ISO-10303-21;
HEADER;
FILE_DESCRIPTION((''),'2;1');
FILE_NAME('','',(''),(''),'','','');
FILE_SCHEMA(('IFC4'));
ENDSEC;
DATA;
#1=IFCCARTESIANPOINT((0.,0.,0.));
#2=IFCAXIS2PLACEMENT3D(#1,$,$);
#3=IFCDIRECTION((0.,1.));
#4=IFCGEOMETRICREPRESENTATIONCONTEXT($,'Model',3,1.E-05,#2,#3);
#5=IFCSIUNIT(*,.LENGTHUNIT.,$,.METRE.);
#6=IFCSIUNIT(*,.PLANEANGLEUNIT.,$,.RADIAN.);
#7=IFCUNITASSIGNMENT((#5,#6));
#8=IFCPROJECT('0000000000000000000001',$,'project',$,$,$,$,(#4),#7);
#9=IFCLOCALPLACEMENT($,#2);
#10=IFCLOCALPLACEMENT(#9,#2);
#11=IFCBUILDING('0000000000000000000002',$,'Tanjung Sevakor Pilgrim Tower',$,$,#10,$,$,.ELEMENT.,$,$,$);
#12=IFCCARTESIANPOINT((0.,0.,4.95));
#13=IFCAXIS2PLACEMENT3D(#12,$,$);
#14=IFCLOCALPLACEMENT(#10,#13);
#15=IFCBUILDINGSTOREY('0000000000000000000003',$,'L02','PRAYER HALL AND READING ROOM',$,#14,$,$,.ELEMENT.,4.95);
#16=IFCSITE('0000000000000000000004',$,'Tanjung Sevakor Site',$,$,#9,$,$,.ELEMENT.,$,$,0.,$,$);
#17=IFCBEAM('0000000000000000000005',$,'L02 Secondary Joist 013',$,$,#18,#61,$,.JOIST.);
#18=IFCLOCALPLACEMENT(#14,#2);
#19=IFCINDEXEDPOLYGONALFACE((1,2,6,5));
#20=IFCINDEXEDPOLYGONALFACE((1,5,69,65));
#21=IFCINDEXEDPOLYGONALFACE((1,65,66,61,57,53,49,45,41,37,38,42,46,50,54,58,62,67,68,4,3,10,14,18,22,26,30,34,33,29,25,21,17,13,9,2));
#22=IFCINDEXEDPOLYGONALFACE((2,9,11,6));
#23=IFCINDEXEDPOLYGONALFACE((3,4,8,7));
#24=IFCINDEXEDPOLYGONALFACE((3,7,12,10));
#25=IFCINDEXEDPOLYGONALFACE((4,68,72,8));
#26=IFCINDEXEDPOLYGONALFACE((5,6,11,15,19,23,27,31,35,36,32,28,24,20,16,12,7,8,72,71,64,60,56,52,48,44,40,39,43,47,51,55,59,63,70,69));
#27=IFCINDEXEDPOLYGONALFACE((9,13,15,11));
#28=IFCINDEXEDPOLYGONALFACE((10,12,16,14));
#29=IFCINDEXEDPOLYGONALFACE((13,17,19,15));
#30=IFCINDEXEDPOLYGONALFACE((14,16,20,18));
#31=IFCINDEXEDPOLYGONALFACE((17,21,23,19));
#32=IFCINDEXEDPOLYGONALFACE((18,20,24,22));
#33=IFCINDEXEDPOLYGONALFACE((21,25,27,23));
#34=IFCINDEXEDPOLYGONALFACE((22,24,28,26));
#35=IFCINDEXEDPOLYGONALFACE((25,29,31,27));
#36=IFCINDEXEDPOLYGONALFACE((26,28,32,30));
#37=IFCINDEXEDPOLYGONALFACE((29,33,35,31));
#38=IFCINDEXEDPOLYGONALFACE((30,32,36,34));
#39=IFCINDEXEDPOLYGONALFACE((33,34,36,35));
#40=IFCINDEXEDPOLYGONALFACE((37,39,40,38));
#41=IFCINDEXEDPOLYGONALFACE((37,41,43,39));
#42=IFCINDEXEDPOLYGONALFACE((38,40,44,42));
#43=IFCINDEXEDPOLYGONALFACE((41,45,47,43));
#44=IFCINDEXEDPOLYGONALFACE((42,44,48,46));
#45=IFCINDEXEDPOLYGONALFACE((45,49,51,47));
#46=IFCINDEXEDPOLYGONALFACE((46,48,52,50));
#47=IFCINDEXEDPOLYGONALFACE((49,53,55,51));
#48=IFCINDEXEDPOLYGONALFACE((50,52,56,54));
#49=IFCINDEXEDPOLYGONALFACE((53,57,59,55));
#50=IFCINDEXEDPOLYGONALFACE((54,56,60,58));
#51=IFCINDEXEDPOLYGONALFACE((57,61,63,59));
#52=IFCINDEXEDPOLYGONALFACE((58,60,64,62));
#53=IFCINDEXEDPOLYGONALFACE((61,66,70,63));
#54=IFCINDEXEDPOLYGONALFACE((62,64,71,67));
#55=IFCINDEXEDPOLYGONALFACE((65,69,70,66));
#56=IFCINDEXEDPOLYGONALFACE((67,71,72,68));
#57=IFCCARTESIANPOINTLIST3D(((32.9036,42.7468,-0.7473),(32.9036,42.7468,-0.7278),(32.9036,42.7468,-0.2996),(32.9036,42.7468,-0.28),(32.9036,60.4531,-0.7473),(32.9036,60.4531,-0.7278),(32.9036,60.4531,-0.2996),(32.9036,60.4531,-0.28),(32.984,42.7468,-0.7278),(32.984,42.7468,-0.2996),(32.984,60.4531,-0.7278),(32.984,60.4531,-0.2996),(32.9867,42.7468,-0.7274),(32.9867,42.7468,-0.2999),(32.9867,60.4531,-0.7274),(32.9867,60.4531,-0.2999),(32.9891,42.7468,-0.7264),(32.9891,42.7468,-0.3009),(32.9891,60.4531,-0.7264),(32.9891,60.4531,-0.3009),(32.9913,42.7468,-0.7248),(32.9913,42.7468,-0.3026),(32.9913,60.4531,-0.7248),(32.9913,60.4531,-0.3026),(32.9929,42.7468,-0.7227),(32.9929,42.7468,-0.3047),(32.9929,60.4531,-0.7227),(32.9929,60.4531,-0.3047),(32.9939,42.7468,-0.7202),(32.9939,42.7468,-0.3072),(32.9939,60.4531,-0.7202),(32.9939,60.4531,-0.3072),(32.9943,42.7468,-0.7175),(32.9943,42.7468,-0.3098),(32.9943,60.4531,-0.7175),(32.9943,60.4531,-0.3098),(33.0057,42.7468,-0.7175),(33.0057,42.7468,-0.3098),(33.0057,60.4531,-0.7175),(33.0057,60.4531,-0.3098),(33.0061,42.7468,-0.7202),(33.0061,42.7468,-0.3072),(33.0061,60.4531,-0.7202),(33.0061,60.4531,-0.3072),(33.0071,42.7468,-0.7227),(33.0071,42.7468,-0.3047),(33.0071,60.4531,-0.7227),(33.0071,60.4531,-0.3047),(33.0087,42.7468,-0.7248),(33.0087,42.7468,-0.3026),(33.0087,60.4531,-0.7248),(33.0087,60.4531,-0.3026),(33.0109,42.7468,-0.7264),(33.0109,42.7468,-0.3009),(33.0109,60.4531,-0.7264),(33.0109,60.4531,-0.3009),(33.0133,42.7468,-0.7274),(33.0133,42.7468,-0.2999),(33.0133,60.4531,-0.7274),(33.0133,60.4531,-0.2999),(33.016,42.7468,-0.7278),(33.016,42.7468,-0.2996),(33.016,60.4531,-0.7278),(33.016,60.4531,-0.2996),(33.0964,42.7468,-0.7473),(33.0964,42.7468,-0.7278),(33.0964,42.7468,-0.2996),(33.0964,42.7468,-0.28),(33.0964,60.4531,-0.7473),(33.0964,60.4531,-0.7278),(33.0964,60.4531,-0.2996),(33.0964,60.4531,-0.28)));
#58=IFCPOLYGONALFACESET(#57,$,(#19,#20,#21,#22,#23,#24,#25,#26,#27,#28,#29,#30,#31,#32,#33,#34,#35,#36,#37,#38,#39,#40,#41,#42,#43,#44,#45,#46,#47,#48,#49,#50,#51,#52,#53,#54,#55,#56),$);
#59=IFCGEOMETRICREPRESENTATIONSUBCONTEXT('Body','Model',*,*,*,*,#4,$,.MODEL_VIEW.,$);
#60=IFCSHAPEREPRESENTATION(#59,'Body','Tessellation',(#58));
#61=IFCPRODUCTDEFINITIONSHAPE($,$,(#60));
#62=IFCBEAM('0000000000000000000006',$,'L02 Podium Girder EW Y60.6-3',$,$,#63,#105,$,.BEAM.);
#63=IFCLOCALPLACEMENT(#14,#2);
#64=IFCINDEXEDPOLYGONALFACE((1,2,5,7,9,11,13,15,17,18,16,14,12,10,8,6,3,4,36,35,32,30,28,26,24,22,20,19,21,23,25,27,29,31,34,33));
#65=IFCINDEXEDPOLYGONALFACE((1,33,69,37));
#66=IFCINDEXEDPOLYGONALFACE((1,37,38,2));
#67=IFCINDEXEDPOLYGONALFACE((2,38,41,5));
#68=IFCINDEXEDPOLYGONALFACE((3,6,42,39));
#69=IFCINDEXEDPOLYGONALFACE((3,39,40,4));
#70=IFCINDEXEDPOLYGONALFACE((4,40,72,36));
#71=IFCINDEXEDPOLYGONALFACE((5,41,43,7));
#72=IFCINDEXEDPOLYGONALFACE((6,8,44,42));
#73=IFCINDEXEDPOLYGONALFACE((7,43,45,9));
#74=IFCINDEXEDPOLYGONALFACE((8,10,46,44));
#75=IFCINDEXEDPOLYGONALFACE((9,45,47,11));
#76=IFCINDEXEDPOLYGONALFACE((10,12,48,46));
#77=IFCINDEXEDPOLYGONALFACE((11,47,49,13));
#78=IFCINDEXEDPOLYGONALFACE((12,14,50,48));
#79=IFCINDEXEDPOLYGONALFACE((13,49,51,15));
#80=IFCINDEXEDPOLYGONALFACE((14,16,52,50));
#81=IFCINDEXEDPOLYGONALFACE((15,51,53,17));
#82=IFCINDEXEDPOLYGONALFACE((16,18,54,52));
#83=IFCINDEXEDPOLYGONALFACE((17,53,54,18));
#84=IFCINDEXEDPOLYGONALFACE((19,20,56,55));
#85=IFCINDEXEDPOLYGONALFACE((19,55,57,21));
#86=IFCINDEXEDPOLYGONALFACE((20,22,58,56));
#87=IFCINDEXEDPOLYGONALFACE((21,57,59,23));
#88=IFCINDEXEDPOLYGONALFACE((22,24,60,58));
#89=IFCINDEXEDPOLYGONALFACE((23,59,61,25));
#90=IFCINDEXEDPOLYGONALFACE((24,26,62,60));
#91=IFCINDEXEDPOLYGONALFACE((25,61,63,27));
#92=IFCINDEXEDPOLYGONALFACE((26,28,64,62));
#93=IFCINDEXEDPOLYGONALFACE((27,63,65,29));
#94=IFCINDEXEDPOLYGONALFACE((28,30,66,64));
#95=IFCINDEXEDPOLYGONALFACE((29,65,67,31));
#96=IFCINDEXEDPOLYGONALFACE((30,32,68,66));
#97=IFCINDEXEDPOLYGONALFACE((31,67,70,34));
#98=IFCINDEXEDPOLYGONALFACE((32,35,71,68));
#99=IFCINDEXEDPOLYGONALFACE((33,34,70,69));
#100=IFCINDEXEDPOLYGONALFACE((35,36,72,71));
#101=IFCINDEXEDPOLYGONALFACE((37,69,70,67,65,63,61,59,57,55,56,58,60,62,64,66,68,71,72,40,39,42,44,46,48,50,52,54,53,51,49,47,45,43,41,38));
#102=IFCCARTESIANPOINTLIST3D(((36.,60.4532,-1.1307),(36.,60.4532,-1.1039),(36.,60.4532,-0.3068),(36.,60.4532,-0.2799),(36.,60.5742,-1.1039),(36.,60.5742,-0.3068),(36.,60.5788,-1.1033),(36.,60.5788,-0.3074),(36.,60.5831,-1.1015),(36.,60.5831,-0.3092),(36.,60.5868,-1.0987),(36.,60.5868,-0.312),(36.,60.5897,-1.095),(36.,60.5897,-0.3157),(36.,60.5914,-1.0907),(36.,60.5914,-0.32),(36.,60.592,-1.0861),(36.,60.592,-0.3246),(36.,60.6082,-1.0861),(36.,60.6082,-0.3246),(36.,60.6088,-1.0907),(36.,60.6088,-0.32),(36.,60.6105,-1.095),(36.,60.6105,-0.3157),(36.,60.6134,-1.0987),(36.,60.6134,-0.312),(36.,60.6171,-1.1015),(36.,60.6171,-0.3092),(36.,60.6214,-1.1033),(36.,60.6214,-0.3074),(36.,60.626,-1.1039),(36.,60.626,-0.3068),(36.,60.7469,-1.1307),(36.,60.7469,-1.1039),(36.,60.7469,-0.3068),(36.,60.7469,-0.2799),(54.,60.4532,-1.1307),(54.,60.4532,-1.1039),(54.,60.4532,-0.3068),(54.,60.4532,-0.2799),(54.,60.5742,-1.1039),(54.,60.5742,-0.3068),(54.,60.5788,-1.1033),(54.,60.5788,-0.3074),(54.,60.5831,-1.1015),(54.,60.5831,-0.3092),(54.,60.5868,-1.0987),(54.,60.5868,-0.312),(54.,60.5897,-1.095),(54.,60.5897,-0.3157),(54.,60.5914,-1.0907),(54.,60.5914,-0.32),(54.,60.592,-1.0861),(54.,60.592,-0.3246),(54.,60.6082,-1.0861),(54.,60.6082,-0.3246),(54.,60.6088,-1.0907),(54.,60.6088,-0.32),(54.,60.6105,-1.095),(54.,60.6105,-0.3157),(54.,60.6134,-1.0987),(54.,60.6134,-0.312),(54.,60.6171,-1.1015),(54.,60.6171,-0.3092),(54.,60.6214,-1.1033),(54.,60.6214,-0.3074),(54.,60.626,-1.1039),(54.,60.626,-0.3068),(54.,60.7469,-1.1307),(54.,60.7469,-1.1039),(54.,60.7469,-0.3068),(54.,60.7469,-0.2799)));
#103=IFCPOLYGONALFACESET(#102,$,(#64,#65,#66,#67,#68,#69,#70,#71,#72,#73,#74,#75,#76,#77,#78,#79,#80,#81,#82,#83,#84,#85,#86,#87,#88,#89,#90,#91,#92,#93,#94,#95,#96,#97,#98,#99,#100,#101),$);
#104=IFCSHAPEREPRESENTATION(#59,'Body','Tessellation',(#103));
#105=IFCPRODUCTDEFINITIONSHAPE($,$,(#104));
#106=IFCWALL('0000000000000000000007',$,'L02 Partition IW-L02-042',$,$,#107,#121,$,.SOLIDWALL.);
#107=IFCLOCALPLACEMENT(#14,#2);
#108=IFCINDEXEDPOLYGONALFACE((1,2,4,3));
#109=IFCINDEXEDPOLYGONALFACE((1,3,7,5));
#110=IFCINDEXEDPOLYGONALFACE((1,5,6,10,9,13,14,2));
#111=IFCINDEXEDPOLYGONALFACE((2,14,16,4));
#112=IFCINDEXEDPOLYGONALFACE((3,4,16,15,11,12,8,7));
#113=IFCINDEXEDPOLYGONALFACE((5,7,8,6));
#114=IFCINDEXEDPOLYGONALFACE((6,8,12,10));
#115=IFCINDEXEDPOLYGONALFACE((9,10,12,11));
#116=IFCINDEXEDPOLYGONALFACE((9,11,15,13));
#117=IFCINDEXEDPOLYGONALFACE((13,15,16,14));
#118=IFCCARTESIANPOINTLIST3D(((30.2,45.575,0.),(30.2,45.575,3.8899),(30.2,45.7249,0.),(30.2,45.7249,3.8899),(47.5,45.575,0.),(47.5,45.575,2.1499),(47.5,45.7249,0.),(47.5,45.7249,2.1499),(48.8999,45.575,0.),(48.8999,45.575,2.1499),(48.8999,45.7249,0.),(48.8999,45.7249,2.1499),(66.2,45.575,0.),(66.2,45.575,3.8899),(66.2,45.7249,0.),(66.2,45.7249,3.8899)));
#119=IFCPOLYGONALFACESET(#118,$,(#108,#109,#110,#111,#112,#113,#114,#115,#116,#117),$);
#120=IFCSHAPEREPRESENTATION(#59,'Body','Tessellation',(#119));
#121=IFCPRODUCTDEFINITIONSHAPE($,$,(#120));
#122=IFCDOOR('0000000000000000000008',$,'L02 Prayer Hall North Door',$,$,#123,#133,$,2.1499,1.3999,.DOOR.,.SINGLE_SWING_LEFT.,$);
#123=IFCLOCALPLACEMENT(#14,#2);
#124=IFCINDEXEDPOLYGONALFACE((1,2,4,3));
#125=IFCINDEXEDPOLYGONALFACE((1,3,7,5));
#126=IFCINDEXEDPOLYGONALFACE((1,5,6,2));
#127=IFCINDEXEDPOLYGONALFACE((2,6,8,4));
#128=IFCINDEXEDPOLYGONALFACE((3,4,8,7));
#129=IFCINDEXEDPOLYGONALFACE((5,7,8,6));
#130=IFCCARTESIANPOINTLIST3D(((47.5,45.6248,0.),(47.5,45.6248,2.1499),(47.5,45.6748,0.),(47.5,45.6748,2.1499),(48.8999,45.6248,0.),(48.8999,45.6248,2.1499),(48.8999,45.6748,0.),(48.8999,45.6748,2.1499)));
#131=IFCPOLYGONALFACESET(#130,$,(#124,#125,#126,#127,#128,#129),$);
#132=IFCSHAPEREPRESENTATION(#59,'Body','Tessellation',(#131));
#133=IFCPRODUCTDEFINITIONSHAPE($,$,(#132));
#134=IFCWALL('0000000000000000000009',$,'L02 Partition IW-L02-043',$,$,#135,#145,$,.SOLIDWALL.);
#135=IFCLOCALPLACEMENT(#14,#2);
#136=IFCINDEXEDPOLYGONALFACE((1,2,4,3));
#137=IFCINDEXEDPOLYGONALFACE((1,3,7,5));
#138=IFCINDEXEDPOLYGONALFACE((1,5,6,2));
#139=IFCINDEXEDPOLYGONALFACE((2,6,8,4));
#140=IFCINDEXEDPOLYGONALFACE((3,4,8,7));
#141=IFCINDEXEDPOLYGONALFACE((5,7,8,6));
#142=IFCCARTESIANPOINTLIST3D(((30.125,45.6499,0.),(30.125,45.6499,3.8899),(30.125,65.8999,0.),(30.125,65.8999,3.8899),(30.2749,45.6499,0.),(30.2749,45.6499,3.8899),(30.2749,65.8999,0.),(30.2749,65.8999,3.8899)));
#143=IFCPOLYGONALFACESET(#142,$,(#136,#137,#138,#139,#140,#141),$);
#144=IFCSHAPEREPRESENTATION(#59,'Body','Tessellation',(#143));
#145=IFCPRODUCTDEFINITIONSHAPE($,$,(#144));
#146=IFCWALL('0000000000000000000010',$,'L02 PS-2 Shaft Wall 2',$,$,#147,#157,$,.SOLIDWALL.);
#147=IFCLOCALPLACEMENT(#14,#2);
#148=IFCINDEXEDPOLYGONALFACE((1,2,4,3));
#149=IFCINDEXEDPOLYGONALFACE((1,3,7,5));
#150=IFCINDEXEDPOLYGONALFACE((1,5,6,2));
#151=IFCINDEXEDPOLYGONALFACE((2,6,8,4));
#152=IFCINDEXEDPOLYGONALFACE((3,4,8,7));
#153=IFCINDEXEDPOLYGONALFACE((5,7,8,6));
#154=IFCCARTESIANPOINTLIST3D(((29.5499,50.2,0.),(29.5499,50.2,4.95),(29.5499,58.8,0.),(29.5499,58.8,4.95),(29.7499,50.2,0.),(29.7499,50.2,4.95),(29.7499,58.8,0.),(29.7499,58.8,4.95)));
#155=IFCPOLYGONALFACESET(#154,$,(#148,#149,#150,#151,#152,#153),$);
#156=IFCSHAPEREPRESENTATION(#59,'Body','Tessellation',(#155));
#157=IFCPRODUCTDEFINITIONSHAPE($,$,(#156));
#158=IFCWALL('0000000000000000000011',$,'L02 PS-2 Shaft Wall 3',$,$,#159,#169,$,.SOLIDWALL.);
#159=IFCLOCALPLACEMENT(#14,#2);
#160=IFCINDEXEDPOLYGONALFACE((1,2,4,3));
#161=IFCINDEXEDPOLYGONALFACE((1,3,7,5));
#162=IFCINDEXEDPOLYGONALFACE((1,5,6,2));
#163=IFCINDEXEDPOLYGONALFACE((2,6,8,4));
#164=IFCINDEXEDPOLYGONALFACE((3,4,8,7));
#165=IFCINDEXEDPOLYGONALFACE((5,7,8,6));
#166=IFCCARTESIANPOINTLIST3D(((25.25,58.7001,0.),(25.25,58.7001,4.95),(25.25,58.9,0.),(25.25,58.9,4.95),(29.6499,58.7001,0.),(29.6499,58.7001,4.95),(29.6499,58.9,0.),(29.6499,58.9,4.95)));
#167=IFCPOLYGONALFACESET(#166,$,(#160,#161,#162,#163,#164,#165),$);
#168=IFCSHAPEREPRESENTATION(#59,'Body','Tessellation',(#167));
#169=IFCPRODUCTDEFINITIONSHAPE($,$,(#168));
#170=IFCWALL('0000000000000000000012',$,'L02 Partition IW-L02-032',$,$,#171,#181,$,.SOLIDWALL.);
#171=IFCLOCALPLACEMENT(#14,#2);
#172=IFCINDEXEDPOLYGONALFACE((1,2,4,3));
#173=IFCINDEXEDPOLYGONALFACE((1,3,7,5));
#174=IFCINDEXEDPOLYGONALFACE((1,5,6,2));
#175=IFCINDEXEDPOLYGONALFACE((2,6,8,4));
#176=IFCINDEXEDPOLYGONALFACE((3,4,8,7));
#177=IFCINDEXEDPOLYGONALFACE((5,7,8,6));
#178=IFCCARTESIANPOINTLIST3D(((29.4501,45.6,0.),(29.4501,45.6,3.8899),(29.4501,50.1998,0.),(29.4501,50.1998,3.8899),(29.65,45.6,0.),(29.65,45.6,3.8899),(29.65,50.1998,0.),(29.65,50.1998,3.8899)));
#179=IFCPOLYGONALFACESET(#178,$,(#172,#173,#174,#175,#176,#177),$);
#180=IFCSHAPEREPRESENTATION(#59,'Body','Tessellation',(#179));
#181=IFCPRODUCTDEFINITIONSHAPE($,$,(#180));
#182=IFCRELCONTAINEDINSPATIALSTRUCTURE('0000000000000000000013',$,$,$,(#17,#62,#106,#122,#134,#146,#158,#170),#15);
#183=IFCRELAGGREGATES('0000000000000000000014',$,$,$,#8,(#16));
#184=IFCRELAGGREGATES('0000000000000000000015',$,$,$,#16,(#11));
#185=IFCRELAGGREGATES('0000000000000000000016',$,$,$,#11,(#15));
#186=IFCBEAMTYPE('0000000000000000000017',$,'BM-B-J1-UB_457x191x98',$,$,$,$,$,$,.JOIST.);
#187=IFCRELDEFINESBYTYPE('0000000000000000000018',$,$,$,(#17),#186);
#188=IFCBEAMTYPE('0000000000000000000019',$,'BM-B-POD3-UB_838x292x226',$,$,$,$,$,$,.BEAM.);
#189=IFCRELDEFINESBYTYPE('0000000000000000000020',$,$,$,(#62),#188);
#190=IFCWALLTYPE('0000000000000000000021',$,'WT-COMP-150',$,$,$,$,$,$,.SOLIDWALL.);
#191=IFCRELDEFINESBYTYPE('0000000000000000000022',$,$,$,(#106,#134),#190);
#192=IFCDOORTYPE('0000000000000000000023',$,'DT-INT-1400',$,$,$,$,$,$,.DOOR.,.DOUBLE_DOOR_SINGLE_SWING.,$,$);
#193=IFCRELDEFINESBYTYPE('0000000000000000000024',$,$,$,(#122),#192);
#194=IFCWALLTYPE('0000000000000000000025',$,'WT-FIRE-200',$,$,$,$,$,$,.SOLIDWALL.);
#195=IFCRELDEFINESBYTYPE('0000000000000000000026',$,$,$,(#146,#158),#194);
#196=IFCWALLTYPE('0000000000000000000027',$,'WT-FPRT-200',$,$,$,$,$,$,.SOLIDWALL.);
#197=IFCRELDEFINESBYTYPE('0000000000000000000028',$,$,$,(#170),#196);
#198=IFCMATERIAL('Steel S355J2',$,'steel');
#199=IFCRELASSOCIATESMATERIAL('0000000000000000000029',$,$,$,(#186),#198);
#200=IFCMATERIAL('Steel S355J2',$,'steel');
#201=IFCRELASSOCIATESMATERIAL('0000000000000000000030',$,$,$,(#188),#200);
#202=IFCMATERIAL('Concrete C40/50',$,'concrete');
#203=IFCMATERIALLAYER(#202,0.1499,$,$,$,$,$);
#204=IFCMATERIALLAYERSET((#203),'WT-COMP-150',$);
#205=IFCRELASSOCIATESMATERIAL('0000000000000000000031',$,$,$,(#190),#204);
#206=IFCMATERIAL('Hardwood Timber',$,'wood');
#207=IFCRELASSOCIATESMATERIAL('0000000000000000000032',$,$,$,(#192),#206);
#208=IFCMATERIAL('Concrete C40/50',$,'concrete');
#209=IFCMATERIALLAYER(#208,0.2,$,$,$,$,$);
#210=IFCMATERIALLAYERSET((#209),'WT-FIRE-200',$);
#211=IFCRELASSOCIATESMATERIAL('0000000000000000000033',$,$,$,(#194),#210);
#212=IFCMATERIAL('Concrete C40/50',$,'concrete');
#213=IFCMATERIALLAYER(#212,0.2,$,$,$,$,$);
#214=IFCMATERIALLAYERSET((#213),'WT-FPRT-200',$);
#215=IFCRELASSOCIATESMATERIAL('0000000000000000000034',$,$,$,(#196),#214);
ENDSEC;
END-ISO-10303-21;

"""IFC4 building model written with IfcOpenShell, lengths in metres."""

from ifc_helpers import new_model, si_unit, direction, frame, frame_2d, origin, origin_2d, place, context, subcontext, project, spatial, rectangle, i_section, extrude, material, layer, layer_set, material_profile, profile_set, type_object, element, fill, save


model = new_model("IFC4")

# Units and contexts
model_context = context("Model", 3, precision=1e-05, world=origin(), true_north=direction((0.0, 1.0)))
body_context = subcontext(model_context, "Body", "Model", "MODEL_VIEW")
ifc_project = project(units=[si_unit("LENGTHUNIT", "METRE"), si_unit("PLANEANGLEUNIT", "RADIAN")], contexts=[model_context])

# Site, building, storey
site_placement = place(None, origin())
site = spatial("IfcSite", under=ifc_project, at=site_placement, Name="Tanjung Sevakor Site", CompositionType="ELEMENT", RefElevation=0.0)
building_placement = place(site_placement, origin())
building = spatial("IfcBuilding", under=site, at=building_placement, Name="Tanjung Sevakor Pilgrim Tower", CompositionType="ELEMENT")
storey_placement = place(building_placement, frame((0.0, 0.0, 4.95)))
storey = spatial("IfcBuildingStorey", under=building, at=storey_placement, Name="L02", Description="PRAYER HALL AND READING ROOM", CompositionType="ELEMENT", Elevation=4.95)

# Beams
ifc_material_1 = material(Name="Steel S355J2", Category="steel")
ifc_material_profile_1 = material_profile(ifc_material_1, i_section(OverallWidth=0.1929, OverallDepth=0.4673, WebThickness=0.0115, FlangeThickness=0.0195, FilletRadius=0.0103, at=origin_2d()))
ifc_profile_set_1 = profile_set([ifc_material_profile_1], Name="Steel S355J2")
beam_type_1 = type_object("IfcBeamType", Name="BM-B-J1-UB_457x191x98", PredefinedType="JOIST", material=ifc_profile_set_1)
for number, where, z_axis, x_axis, name in (
    (1, (33.0, 42.7468, -0.5137), (0.0, 1.0, 0.0), (-1.0, 0.0, 0.0), "L02 Secondary Joist 013"),
):
    element("IfcBeam", number, at=place(storey_placement, frame(where, z_axis=z_axis, x_axis=x_axis)), inside=storey, type_object=beam_type_1, Name=name, PredefinedType="JOIST", context=body_context, shape_type="SweptSolid", body=[
        extrude(i_section(OverallWidth=0.1929, OverallDepth=0.4673, WebThickness=0.0115, FlangeThickness=0.0195, FilletRadius=0.0103, at=origin_2d()), origin(), (0.0, 0.0, 1.0), 17.7063),
    ])
ifc_material_2 = material(Name="Steel S355J2", Category="steel")
ifc_material_profile_2 = material_profile(ifc_material_2, i_section(OverallWidth=0.2937, OverallDepth=0.8508, WebThickness=0.0161, FlangeThickness=0.0269, FilletRadius=0.0178, at=origin_2d()))
ifc_profile_set_2 = profile_set([ifc_material_profile_2], Name="Steel S355J2")
beam_type_2 = type_object("IfcBeamType", Name="BM-B-POD3-UB_838x292x226", PredefinedType="BEAM", material=ifc_profile_set_2)
beam_1_placement = place(storey_placement, frame((36.0, 60.6001, -0.7053), z_axis=(1.0, 0.0, 0.0), x_axis=(0.0, 1.0, 0.0)))
element("IfcBeam", 2, at=beam_1_placement, inside=storey, type_object=beam_type_2, Name="L02 Podium Girder EW Y60.6-3", PredefinedType="BEAM", context=body_context, shape_type="SweptSolid", body=[
    extrude(i_section(OverallWidth=0.2937, OverallDepth=0.8508, WebThickness=0.0161, FlangeThickness=0.0269, FilletRadius=0.0178, at=origin_2d()), origin(), (0.0, 0.0, 1.0), 18.0),
])

# Wall, opening, door
ifc_material_3 = material(Name="Concrete C40/50", Category="concrete")
ifc_layer_1 = layer(ifc_material_3, 0.1499)
ifc_layer_set_1 = layer_set([ifc_layer_1], Name="WT-COMP-150")
wall_type_1 = type_object("IfcWallType", Name="WT-COMP-150", PredefinedType="SOLIDWALL", material=ifc_layer_set_1)
wall_1_placement = place(storey_placement, frame((30.2, 45.6499, 0.0), z_axis=(0.0, 0.0, 1.0), x_axis=(1.0, 0.0, 0.0)))
wall_1 = element("IfcWall", 3, at=wall_1_placement, inside=storey, type_object=wall_type_1, Name="L02 Partition IW-L02-042", PredefinedType="SOLIDWALL", context=body_context, shape_type="SweptSolid", body=[
    extrude(rectangle(XDim=36.0, YDim=0.1499, at=frame_2d((18.0, 0.0))), origin(), (0.0, 0.0, 1.0), 3.8899),
])
opening_placement = place(wall_1_placement, frame((17.3, 0.0, 0.0)))
opening = element("IfcOpeningElement", 4, at=opening_placement, cuts=wall_1, PredefinedType="OPENING", context=body_context, shape_type="SweptSolid", body=[
    extrude(rectangle(XDim=1.3999, YDim=2.1499, at=frame_2d((0.7, 1.075))), frame((0.0, 0.085, 0.0), z_axis=(0.0, -1.0, 0.0), x_axis=(1.0, 0.0, 0.0)), (0.0, 0.0, 1.0), 0.1699),
])
ifc_material_4 = material(Name="Hardwood Timber", Category="wood")
door_type = type_object("IfcDoorType", Name="DT-INT-1400", OperationType="DOUBLE_DOOR_SINGLE_SWING", PredefinedType="DOOR", material=ifc_material_4)
door_placement = place(opening_placement, origin())
door = element("IfcDoor", 5, at=door_placement, inside=storey, type_object=door_type, Name="L02 Prayer Hall North Door", OperationType="SINGLE_SWING_LEFT", OverallHeight=2.1499, OverallWidth=1.3999, PredefinedType="DOOR", context=body_context, shape_type="SweptSolid", body=[
    extrude(rectangle(XDim=1.3999, YDim=2.1499, at=frame_2d((0.7, 1.075))), frame((0.0, 0.0249, 0.0), z_axis=(0.0, -1.0, 0.0), x_axis=(1.0, 0.0, 0.0)), (0.0, 0.0, 1.0), 0.05),
])
fill(opening, door)

# Walls
wall_2_placement = place(storey_placement, frame((30.2, 45.6499, 0.0), z_axis=(0.0, 0.0, 1.0), x_axis=(0.0, 1.0, 0.0)))
element("IfcWall", 6, at=wall_2_placement, inside=storey, type_object=wall_type_1, Name="L02 Partition IW-L02-043", PredefinedType="SOLIDWALL", context=body_context, shape_type="SweptSolid", body=[
    extrude(rectangle(XDim=20.25, YDim=0.1499, at=frame_2d((10.125, 0.0))), origin(), (0.0, 0.0, 1.0), 3.8899),
])
ifc_material_5 = material(Name="Concrete C40/50", Category="concrete")
ifc_layer_2 = layer(ifc_material_5, 0.2)
ifc_layer_set_2 = layer_set([ifc_layer_2], Name="WT-FIRE-200")
wall_type_2 = type_object("IfcWallType", Name="WT-FIRE-200", PredefinedType="SOLIDWALL", material=ifc_layer_set_2)
wall_3_placement = place(storey_placement, frame((29.6499, 50.2, 0.0), z_axis=(0.0, 0.0, 1.0), x_axis=(0.0, 1.0, 0.0)))
element("IfcWall", 7, at=wall_3_placement, inside=storey, type_object=wall_type_2, Name="L02 PS-2 Shaft Wall 2", PredefinedType="SOLIDWALL", context=body_context, shape_type="SweptSolid", body=[
    extrude(rectangle(XDim=8.6001, YDim=0.2, at=frame_2d((4.3, 0.0))), origin(), (0.0, 0.0, 1.0), 4.95),
])
wall_4_placement = place(storey_placement, frame((29.6499, 58.8, 0.0), z_axis=(0.0, 0.0, 1.0), x_axis=(-1.0, 0.0, 0.0)))
element("IfcWall", 8, at=wall_4_placement, inside=storey, type_object=wall_type_2, Name="L02 PS-2 Shaft Wall 3", PredefinedType="SOLIDWALL", context=body_context, shape_type="SweptSolid", body=[
    extrude(rectangle(XDim=4.3999, YDim=0.2, at=frame_2d((2.2, 0.0))), origin(), (0.0, 0.0, 1.0), 4.95),
])
ifc_material_6 = material(Name="Concrete C40/50", Category="concrete")
ifc_layer_3 = layer(ifc_material_6, 0.2)
ifc_layer_set_3 = layer_set([ifc_layer_3], Name="WT-FPRT-200")
wall_type_3 = type_object("IfcWallType", Name="WT-FPRT-200", PredefinedType="SOLIDWALL", material=ifc_layer_set_3)
wall_5_placement = place(storey_placement, frame((29.55, 45.6001, 0.0), z_axis=(0.0, 0.0, 1.0), x_axis=(0.0, 1.0, 0.0)))
element("IfcWall", 9, at=wall_5_placement, inside=storey, type_object=wall_type_3, Name="L02 Partition IW-L02-032", PredefinedType="SOLIDWALL", context=body_context, shape_type="SweptSolid", body=[
    extrude(rectangle(XDim=4.5999, YDim=0.2, at=frame_2d((2.2998, 0.0))), origin(), (0.0, 0.0, 1.0), 3.8899),
])

save(model, "model.ifc")
